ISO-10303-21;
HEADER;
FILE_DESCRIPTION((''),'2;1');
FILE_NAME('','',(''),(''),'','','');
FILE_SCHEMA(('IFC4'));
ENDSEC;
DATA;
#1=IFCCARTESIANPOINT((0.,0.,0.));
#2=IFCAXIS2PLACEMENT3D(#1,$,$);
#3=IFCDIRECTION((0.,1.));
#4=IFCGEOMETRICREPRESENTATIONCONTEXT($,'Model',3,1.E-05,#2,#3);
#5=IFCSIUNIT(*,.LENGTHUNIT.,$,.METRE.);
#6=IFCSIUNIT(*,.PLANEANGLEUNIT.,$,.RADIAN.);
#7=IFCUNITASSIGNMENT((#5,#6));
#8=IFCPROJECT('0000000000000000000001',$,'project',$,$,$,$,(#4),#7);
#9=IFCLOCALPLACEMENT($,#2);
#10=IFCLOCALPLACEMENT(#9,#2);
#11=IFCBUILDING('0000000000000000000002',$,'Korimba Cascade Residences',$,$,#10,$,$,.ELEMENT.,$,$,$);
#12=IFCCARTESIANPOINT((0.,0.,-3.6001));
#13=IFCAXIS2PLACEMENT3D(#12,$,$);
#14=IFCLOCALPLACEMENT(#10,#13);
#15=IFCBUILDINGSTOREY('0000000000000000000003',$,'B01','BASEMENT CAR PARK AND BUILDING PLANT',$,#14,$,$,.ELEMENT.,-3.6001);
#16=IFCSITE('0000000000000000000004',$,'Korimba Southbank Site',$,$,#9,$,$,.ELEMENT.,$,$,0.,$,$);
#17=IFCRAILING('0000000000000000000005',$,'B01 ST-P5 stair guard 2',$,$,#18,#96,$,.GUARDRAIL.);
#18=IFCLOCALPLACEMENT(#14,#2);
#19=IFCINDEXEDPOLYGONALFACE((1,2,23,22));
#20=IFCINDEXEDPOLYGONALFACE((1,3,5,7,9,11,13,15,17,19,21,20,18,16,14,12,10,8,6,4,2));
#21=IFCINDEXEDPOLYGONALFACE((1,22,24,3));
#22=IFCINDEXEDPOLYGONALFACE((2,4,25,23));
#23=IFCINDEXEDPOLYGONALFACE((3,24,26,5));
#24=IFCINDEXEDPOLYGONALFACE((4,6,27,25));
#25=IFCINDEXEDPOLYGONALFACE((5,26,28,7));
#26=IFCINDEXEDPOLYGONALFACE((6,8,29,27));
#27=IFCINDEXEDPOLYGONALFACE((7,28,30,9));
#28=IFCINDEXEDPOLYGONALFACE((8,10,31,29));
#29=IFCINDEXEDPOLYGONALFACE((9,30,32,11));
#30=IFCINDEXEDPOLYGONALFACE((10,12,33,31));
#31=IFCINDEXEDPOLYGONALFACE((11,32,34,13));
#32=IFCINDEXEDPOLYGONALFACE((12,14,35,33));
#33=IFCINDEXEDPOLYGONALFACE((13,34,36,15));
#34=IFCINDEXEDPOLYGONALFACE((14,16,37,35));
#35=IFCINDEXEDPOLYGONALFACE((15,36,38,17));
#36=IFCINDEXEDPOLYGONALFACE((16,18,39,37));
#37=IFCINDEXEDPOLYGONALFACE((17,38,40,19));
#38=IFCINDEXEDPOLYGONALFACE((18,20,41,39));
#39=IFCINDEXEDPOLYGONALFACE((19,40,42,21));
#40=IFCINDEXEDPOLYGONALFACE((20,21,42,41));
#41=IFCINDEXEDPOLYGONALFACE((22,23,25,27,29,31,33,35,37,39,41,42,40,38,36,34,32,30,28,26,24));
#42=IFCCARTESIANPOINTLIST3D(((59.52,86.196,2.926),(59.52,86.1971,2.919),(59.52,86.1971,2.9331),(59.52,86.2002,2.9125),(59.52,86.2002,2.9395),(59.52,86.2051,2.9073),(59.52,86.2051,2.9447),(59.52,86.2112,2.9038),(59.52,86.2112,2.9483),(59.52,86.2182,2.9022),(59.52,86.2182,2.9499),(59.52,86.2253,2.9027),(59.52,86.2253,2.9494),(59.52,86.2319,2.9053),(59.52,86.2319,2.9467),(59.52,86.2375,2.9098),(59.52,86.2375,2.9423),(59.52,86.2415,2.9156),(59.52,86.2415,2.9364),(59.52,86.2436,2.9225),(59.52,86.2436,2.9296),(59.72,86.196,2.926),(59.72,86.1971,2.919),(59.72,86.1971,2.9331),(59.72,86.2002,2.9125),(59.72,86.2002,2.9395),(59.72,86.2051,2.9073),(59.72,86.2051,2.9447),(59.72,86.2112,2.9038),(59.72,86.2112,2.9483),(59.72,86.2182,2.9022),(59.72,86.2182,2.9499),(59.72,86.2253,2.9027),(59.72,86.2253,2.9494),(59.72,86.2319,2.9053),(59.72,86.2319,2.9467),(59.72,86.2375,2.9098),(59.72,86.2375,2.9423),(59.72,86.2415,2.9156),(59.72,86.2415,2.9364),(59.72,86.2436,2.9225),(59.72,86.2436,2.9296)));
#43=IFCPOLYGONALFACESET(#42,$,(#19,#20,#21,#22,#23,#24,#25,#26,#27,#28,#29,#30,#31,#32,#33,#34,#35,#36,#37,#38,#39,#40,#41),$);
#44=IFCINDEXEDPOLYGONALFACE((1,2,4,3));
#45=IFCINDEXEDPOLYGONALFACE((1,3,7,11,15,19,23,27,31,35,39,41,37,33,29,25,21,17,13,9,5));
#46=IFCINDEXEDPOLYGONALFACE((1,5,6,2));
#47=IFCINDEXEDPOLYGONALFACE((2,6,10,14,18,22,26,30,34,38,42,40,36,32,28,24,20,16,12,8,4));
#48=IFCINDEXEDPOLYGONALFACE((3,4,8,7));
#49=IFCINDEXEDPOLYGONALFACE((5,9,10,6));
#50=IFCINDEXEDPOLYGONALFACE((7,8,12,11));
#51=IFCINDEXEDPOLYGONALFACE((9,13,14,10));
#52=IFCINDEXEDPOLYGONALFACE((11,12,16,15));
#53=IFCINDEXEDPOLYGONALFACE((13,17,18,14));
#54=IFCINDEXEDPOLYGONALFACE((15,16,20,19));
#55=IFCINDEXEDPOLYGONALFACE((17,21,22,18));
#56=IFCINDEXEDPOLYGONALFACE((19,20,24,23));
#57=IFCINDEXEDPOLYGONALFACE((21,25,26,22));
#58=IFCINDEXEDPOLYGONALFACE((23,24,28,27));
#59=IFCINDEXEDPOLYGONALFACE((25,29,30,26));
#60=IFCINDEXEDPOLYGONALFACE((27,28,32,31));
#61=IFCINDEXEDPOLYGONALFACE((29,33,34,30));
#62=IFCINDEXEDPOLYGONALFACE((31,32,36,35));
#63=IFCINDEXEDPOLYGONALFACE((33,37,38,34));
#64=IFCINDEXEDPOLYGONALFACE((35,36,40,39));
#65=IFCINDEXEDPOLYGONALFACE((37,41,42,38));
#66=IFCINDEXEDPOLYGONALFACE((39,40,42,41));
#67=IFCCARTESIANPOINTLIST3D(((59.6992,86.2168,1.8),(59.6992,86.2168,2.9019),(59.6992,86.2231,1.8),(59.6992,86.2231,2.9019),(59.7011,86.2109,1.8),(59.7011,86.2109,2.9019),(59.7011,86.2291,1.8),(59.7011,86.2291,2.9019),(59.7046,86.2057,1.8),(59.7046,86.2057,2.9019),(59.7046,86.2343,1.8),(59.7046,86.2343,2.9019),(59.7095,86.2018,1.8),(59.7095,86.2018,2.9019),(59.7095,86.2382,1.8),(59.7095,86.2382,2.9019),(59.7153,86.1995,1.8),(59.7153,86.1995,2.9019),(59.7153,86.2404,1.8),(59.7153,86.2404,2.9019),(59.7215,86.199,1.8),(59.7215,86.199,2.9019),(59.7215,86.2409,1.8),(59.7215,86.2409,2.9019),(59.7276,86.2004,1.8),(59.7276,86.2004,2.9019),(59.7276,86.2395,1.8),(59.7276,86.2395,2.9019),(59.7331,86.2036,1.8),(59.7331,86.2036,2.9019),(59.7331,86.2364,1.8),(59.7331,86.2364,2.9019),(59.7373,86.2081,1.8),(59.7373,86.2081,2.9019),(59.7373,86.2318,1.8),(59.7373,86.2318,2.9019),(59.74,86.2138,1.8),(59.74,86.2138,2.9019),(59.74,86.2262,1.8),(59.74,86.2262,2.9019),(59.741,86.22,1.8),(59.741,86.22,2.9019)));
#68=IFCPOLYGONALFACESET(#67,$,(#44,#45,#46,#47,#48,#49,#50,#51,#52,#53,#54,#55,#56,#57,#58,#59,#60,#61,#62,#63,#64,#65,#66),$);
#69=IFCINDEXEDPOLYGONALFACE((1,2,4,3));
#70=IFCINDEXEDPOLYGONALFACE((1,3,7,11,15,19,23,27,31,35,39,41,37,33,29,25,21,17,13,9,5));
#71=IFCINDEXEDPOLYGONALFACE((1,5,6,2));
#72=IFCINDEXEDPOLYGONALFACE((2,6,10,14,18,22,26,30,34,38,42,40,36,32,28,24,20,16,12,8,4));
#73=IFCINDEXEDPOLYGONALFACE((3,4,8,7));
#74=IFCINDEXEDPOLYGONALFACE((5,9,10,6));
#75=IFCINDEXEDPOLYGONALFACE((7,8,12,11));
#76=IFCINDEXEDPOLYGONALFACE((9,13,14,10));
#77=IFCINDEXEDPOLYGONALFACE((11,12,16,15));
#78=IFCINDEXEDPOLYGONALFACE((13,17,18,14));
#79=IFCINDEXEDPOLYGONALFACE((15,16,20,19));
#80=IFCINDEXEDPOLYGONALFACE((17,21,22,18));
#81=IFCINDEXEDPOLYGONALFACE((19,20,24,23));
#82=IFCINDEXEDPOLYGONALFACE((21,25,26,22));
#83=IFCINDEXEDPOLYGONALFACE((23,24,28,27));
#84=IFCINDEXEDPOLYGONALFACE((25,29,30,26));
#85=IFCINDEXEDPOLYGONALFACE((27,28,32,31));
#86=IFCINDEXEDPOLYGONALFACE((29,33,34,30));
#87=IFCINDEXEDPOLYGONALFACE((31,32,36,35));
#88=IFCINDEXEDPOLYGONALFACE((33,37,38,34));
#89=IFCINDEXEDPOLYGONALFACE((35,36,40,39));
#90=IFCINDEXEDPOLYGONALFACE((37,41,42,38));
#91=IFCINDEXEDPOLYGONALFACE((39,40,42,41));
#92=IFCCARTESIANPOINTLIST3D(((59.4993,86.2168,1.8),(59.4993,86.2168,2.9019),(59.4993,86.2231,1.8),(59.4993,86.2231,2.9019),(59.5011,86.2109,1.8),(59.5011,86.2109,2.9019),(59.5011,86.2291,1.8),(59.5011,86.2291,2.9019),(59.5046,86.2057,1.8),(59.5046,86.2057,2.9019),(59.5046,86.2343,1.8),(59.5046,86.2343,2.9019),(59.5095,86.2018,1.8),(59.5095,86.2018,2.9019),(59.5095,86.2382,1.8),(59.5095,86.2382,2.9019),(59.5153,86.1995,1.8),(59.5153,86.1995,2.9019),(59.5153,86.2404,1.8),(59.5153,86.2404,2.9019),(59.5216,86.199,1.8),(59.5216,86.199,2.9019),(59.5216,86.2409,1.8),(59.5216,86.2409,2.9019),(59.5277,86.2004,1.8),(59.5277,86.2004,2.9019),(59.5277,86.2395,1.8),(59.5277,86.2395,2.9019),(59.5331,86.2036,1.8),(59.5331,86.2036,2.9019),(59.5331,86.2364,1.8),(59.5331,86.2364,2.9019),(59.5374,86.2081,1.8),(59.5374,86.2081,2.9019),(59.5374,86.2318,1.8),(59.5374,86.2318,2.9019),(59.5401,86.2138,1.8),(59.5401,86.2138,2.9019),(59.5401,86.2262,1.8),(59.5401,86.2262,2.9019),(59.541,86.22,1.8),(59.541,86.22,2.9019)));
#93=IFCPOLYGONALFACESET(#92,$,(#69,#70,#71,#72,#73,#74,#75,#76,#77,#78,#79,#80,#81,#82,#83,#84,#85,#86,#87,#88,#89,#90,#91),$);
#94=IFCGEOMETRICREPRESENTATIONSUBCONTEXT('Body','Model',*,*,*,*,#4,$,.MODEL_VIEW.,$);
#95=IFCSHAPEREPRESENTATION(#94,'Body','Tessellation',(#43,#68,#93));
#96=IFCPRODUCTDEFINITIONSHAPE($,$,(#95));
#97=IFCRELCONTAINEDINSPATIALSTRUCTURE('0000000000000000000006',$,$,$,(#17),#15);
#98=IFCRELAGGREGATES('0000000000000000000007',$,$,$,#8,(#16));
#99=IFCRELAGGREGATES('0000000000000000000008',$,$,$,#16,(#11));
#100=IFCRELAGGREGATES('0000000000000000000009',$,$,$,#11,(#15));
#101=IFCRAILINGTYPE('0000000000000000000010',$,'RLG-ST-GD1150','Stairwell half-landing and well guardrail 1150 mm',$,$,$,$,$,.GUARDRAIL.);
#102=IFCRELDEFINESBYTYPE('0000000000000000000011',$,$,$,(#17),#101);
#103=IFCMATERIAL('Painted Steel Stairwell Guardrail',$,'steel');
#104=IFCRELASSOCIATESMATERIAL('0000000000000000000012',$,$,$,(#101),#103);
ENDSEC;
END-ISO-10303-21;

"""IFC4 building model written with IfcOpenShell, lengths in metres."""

from ifc_helpers import new_model, si_unit, direction, frame, origin, origin_2d, place, context, subcontext, project, spatial, circle, extrude, material, type_object, element, save


model = new_model("IFC4")

# Units and contexts
model_context = context("Model", 3, precision=1e-05, world=origin(), true_north=direction((0.0, 1.0)))
body_context = subcontext(model_context, "Body", "Model", "MODEL_VIEW")
ifc_project = project(units=[si_unit("LENGTHUNIT", "METRE"), si_unit("PLANEANGLEUNIT", "RADIAN")], contexts=[model_context])

# Site, building, storey
site_placement = place(None, origin())
site = spatial("IfcSite", under=ifc_project, at=site_placement, Name="Korimba Southbank Site", CompositionType="ELEMENT", RefElevation=0.0)
building_placement = place(site_placement, origin())
building = spatial("IfcBuilding", under=site, at=building_placement, Name="Korimba Cascade Residences", CompositionType="ELEMENT")
storey_placement = place(building_placement, frame((0.0, 0.0, -3.6001)))
storey = spatial("IfcBuildingStorey", under=building, at=storey_placement, Name="B01", Description="BASEMENT CAR PARK AND BUILDING PLANT", CompositionType="ELEMENT", Elevation=-3.6001)

# Railing
ifc_material_1 = material(Name="Painted Steel Stairwell Guardrail", Category="steel")
railing_type_1 = type_object("IfcRailingType", Name="RLG-ST-GD1150", Description="Stairwell half-landing and well guardrail 1150 mm", PredefinedType="GUARDRAIL", material=ifc_material_1)
railing_1_placement = place(storey_placement, frame((59.72, 86.22, 1.8)))
element("IfcRailing", 1, at=railing_1_placement, inside=storey, type_object=railing_type_1, Name="B01 ST-P5 stair guard 2", PredefinedType="GUARDRAIL", context=body_context, shape_type="SweptSolid", body=[
    extrude(circle(Radius=0.0239, at=origin_2d()), frame((0.0, 0.0, 1.126), z_axis=(-1.0, 0.0, 0.0), x_axis=(0.0, -1.0, 0.0)), (0.0, 0.0, 1.0), 0.2),
    extrude(circle(Radius=0.021, at=origin_2d()), origin(), (0.0, 0.0, 1.0), 1.1018),
    extrude(circle(Radius=0.021, at=origin_2d()), frame((-0.2, 0.0, 0.0)), (0.0, 0.0, 1.0), 1.1018),
])

save(model, "model.ifc")
